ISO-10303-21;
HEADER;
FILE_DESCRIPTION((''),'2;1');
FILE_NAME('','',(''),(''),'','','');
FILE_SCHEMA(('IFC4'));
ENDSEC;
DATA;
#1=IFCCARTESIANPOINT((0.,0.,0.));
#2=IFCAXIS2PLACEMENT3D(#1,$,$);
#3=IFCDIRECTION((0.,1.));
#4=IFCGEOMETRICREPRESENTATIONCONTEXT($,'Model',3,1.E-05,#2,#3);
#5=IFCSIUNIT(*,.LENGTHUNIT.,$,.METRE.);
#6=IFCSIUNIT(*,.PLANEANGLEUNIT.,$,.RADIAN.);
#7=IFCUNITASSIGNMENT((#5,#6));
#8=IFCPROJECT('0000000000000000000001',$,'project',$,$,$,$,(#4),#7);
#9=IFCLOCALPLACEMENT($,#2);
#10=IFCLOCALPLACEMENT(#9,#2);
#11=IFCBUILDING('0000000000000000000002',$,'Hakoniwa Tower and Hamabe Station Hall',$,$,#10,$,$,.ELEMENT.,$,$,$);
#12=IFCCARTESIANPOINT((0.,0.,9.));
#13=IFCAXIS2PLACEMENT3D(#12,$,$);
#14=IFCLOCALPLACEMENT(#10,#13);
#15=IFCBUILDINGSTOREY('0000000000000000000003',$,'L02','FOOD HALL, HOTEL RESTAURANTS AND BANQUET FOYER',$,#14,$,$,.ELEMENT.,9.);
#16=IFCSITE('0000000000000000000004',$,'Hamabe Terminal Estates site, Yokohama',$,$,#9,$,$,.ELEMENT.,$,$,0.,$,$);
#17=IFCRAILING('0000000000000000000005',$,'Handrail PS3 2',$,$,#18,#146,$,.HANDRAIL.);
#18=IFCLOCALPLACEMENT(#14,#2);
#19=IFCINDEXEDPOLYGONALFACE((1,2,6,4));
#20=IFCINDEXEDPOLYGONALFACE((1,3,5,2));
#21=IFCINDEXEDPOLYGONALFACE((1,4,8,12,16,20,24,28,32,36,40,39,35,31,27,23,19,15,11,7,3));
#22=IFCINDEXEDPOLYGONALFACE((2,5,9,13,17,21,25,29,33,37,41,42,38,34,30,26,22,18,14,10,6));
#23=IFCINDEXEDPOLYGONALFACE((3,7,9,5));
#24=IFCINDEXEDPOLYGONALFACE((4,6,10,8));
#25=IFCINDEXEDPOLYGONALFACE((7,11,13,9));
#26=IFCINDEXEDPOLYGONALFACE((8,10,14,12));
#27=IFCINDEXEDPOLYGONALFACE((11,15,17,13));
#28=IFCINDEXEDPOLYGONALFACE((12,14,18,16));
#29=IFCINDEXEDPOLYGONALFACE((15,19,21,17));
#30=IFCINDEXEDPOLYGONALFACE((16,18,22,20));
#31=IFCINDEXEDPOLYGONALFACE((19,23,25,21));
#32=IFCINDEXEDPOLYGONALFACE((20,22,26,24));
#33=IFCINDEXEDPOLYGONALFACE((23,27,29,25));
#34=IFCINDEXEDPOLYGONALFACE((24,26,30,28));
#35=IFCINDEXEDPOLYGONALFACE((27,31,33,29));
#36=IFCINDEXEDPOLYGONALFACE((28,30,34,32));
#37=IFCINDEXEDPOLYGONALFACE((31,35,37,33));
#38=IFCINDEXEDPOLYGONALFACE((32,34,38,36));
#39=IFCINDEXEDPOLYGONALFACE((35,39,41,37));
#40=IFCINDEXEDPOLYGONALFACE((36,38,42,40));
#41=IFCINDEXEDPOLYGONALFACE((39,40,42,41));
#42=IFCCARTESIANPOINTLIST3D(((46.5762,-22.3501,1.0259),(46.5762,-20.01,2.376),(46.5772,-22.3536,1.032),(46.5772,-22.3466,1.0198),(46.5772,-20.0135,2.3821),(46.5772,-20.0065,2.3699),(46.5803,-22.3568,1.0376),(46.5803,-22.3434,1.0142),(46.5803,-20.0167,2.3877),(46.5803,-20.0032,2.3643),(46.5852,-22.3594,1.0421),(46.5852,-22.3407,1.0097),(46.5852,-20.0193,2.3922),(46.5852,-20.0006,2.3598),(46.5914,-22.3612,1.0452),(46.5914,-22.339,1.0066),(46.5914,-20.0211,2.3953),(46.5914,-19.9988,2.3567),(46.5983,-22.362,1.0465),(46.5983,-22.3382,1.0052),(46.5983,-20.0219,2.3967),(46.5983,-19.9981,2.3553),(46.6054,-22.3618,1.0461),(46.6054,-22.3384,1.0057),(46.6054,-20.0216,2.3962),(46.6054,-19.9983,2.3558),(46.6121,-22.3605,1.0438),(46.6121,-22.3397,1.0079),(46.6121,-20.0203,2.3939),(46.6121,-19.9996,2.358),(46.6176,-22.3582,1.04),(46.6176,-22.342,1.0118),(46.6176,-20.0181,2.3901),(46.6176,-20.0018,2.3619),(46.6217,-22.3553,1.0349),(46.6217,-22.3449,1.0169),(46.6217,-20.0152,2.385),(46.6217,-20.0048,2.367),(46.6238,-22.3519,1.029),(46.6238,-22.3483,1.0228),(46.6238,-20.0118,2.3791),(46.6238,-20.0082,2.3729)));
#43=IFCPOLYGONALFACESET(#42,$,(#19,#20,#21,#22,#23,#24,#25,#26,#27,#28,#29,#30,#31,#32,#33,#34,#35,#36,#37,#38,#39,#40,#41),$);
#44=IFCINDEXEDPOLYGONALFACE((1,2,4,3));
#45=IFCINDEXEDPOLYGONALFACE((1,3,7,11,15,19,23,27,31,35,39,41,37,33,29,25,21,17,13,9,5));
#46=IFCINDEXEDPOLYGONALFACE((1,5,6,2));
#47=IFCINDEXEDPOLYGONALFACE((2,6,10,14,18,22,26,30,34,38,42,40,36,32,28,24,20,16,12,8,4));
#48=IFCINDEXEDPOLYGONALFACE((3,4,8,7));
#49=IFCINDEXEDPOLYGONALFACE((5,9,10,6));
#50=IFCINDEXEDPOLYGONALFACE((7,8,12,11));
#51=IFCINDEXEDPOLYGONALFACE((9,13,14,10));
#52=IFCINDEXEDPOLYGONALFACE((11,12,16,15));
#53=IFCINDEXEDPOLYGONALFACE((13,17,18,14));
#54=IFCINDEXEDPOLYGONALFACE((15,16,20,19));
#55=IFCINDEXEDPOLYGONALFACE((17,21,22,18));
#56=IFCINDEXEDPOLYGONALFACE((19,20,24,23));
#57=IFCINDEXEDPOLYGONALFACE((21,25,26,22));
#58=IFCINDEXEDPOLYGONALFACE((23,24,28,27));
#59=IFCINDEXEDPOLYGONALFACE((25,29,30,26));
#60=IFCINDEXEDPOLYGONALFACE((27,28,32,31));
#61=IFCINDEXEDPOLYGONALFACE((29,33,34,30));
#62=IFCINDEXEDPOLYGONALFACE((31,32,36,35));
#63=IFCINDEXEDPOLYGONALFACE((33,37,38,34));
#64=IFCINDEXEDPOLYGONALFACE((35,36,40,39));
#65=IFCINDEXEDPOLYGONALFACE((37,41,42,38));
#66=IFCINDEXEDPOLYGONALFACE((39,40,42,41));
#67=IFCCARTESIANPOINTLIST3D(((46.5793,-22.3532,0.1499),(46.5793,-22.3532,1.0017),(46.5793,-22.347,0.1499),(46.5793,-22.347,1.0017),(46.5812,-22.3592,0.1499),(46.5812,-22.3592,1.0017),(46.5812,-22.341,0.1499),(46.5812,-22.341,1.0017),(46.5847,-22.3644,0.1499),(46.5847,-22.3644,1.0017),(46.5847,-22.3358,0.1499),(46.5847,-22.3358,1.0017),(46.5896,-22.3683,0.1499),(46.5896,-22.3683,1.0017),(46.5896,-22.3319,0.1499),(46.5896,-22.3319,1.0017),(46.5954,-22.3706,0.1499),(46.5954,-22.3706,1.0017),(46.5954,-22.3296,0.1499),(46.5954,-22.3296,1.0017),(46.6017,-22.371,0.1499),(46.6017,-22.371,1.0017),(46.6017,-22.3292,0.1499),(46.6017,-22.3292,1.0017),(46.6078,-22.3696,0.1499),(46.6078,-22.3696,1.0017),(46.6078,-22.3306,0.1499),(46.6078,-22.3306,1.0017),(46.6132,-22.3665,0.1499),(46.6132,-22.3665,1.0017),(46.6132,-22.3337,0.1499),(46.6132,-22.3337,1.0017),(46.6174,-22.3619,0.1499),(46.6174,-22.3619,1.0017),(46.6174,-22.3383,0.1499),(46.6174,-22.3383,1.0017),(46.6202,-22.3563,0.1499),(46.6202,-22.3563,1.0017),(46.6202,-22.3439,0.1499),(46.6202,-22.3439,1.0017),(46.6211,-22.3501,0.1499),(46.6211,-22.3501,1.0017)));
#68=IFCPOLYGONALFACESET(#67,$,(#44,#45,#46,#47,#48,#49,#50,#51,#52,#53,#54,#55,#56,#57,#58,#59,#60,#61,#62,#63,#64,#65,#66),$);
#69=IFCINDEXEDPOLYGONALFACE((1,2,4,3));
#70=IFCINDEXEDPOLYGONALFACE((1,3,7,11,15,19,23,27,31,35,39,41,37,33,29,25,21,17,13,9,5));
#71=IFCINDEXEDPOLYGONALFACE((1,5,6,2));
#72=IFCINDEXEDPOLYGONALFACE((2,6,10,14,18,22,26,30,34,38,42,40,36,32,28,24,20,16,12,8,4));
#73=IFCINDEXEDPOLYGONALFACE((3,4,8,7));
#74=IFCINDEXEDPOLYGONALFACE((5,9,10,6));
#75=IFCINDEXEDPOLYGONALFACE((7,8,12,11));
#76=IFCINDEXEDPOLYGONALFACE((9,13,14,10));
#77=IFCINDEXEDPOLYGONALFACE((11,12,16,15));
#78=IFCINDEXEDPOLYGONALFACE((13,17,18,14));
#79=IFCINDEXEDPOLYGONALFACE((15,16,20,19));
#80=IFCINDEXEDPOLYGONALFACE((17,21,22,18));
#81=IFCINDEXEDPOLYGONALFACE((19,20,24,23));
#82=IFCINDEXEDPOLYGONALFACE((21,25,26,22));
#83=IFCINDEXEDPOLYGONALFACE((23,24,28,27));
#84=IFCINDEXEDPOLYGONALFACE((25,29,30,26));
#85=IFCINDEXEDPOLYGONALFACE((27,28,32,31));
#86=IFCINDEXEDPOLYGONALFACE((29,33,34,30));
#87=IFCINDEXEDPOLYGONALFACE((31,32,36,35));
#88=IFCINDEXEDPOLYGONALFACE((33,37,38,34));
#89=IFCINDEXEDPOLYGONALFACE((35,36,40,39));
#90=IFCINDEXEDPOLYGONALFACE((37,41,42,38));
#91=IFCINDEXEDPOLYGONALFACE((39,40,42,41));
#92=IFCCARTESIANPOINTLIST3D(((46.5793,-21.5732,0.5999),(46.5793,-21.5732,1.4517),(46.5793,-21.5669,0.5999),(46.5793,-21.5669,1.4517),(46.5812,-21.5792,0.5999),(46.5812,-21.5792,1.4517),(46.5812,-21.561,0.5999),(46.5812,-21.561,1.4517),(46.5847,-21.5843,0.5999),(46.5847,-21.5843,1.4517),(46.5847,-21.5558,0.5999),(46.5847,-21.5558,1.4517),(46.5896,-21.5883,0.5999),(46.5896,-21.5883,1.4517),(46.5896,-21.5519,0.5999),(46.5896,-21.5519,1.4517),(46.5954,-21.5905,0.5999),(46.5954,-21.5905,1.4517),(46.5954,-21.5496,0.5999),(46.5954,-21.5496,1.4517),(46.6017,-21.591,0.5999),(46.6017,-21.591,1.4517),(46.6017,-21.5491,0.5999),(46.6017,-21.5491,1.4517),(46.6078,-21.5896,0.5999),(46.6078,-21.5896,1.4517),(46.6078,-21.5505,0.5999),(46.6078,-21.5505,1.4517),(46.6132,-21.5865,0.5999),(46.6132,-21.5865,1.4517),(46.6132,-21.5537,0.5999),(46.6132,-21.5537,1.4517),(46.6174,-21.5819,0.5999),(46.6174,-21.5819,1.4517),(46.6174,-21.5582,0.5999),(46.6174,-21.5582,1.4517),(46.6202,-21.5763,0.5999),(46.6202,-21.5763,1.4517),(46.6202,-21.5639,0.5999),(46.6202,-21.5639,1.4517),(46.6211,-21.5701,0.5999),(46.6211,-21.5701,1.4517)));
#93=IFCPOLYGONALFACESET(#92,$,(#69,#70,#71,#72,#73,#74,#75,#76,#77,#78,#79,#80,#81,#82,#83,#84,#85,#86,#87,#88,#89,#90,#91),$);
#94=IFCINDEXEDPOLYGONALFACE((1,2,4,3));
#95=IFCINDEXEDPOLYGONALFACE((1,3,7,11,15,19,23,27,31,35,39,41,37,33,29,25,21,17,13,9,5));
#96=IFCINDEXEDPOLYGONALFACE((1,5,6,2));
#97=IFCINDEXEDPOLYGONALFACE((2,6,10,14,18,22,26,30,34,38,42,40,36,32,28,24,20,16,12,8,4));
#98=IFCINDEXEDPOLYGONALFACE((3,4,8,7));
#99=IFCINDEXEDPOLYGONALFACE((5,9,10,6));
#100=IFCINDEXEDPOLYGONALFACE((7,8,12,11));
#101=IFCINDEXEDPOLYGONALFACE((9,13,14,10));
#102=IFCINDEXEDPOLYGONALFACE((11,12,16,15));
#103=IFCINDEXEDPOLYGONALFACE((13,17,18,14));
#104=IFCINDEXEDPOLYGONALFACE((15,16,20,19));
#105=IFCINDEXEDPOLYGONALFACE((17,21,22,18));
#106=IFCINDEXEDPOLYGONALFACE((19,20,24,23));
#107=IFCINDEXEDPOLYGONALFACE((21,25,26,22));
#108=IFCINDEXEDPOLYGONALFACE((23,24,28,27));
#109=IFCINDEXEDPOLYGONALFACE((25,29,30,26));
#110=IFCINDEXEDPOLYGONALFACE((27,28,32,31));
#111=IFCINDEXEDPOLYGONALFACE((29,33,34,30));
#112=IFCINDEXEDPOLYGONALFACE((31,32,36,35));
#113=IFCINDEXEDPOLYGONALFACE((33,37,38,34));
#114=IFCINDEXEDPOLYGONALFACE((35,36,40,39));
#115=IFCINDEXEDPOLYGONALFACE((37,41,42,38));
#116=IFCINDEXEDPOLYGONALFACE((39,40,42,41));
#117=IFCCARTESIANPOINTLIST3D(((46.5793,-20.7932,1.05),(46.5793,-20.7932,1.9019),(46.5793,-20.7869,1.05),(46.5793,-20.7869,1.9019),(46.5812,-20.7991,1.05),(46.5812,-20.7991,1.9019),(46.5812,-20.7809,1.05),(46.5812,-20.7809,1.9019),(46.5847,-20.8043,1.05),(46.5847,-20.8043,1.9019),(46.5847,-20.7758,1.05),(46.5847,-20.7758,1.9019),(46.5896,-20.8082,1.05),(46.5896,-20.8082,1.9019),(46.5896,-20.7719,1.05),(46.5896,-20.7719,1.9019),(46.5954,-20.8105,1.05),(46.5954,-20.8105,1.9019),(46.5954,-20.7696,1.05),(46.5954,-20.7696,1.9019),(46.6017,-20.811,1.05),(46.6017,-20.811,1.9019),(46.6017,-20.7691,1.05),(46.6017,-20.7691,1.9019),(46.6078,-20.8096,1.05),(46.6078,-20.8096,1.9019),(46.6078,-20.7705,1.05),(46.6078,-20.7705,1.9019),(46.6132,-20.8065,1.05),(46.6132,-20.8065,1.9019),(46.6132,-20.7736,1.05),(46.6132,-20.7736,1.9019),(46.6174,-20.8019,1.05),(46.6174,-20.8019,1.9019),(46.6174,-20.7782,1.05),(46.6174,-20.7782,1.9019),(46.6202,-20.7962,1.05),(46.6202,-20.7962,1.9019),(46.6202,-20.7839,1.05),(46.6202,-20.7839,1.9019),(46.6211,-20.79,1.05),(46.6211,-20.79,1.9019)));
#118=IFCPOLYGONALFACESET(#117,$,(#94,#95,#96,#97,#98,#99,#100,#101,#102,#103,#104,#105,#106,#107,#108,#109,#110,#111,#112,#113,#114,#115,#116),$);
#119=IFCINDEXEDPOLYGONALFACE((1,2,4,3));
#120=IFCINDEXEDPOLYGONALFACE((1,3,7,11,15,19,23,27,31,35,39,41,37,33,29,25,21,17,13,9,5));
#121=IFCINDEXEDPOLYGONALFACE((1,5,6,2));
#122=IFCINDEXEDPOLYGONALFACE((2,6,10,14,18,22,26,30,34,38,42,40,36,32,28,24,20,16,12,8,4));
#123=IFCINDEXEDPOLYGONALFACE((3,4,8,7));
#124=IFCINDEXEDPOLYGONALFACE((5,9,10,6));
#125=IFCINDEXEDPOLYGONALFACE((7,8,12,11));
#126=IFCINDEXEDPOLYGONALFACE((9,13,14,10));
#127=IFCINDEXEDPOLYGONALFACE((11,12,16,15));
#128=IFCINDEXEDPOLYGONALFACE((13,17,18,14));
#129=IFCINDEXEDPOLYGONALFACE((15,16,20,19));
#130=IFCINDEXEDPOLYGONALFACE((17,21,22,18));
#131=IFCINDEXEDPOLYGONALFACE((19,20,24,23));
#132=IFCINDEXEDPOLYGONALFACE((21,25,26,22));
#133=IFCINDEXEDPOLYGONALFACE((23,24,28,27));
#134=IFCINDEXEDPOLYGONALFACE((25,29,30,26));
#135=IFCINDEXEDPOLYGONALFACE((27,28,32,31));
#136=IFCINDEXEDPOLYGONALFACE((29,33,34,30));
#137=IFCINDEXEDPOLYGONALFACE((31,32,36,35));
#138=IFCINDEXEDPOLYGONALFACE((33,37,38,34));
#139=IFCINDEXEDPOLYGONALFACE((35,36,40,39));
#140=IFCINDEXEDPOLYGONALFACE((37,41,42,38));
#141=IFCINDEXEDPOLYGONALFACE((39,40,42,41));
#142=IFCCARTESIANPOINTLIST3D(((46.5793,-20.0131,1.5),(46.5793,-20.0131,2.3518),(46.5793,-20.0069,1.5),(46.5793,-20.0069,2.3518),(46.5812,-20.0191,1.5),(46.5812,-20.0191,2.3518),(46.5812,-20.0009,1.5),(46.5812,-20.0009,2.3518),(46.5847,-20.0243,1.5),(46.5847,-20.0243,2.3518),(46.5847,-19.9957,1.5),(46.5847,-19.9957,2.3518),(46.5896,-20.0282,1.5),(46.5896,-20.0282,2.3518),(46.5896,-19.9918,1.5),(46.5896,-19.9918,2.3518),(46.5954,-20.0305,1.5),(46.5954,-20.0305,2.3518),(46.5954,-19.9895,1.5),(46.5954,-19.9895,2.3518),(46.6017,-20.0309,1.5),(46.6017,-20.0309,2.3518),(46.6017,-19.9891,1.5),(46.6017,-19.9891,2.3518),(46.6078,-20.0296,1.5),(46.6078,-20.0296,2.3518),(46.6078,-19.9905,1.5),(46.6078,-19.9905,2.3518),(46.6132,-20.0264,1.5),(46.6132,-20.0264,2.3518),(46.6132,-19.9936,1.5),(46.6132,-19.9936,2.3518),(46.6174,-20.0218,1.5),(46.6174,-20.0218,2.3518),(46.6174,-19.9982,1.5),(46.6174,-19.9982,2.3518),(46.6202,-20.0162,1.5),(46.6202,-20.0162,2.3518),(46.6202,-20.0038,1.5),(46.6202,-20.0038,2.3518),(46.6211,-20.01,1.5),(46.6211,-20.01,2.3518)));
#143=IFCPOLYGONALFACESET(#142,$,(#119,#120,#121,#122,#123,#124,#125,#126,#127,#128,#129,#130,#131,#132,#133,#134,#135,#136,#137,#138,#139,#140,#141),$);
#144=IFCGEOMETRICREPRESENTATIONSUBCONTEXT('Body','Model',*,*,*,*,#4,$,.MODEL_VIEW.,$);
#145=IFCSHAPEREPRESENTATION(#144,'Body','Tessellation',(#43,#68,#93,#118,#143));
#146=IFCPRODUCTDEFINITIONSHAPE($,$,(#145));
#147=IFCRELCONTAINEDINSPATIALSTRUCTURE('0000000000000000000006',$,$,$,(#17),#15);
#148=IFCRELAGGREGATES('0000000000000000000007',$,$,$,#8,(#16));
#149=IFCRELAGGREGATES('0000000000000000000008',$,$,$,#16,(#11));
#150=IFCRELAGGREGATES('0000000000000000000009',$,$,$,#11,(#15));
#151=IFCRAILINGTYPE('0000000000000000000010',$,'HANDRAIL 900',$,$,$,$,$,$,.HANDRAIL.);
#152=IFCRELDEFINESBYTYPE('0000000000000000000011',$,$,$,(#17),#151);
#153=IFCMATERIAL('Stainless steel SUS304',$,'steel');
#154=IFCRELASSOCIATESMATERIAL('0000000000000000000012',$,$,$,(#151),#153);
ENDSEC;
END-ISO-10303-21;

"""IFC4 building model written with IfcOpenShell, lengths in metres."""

from ifc_helpers import new_model, si_unit, direction, frame, origin, origin_2d, place, context, subcontext, project, spatial, circle, extrude, material, type_object, element, save


model = new_model("IFC4")

# Units and contexts
model_context = context("Model", 3, precision=1e-05, world=origin(), true_north=direction((0.0, 1.0)))
body_context = subcontext(model_context, "Body", "Model", "MODEL_VIEW")
ifc_project = project(units=[si_unit("LENGTHUNIT", "METRE"), si_unit("PLANEANGLEUNIT", "RADIAN")], contexts=[model_context])

# Site, building, storey
site_placement = place(None, origin())
site = spatial("IfcSite", under=ifc_project, at=site_placement, Name="Hamabe Terminal Estates site, Yokohama", CompositionType="ELEMENT", RefElevation=0.0)
building_placement = place(site_placement, origin())
building = spatial("IfcBuilding", under=site, at=building_placement, Name="Hakoniwa Tower and Hamabe Station Hall", CompositionType="ELEMENT")
storey_placement = place(building_placement, frame((0.0, 0.0, 9.0)))
storey = spatial("IfcBuildingStorey", under=building, at=storey_placement, Name="L02", Description="FOOD HALL, HOTEL RESTAURANTS AND BANQUET FOYER", CompositionType="ELEMENT", Elevation=9.0)

# Railing
ifc_material_1 = material(Name="Stainless steel SUS304", Category="steel")
railing_type_1 = type_object("IfcRailingType", Name="HANDRAIL 900", PredefinedType="HANDRAIL", material=ifc_material_1)
for number, where, name in (
    (1, (46.6001, -22.3501, 0.1499), "Handrail PS3 2"),
):
    element("IfcRailing", number, at=place(storey_placement, frame(where)), inside=storey, type_object=railing_type_1, Name=name, PredefinedType="HANDRAIL", context=body_context, shape_type="SweptSolid", body=[
        extrude(circle(Radius=0.0239, at=origin_2d()), frame((0.0, 0.0, 0.876), z_axis=(0.0, 0.866178, 0.499735), x_axis=(-1.0, 0.0, 0.0)), (0.0, 0.0, 1.0), 2.7017),
        extrude(circle(Radius=0.021, at=origin_2d()), origin(), (0.0, 0.0, 1.0), 0.8518),
        extrude(circle(Radius=0.021, at=origin_2d()), frame((0.0, 0.78, 0.45)), (0.0, 0.0, 1.0), 0.8518),
        extrude(circle(Radius=0.021, at=origin_2d()), frame((0.0, 1.5601, 0.9001)), (0.0, 0.0, 1.0), 0.8518),
        extrude(circle(Radius=0.021, at=origin_2d()), frame((0.0, 2.3401, 1.3501)), (0.0, 0.0, 1.0), 0.8518),
    ])

save(model, "model.ifc")
